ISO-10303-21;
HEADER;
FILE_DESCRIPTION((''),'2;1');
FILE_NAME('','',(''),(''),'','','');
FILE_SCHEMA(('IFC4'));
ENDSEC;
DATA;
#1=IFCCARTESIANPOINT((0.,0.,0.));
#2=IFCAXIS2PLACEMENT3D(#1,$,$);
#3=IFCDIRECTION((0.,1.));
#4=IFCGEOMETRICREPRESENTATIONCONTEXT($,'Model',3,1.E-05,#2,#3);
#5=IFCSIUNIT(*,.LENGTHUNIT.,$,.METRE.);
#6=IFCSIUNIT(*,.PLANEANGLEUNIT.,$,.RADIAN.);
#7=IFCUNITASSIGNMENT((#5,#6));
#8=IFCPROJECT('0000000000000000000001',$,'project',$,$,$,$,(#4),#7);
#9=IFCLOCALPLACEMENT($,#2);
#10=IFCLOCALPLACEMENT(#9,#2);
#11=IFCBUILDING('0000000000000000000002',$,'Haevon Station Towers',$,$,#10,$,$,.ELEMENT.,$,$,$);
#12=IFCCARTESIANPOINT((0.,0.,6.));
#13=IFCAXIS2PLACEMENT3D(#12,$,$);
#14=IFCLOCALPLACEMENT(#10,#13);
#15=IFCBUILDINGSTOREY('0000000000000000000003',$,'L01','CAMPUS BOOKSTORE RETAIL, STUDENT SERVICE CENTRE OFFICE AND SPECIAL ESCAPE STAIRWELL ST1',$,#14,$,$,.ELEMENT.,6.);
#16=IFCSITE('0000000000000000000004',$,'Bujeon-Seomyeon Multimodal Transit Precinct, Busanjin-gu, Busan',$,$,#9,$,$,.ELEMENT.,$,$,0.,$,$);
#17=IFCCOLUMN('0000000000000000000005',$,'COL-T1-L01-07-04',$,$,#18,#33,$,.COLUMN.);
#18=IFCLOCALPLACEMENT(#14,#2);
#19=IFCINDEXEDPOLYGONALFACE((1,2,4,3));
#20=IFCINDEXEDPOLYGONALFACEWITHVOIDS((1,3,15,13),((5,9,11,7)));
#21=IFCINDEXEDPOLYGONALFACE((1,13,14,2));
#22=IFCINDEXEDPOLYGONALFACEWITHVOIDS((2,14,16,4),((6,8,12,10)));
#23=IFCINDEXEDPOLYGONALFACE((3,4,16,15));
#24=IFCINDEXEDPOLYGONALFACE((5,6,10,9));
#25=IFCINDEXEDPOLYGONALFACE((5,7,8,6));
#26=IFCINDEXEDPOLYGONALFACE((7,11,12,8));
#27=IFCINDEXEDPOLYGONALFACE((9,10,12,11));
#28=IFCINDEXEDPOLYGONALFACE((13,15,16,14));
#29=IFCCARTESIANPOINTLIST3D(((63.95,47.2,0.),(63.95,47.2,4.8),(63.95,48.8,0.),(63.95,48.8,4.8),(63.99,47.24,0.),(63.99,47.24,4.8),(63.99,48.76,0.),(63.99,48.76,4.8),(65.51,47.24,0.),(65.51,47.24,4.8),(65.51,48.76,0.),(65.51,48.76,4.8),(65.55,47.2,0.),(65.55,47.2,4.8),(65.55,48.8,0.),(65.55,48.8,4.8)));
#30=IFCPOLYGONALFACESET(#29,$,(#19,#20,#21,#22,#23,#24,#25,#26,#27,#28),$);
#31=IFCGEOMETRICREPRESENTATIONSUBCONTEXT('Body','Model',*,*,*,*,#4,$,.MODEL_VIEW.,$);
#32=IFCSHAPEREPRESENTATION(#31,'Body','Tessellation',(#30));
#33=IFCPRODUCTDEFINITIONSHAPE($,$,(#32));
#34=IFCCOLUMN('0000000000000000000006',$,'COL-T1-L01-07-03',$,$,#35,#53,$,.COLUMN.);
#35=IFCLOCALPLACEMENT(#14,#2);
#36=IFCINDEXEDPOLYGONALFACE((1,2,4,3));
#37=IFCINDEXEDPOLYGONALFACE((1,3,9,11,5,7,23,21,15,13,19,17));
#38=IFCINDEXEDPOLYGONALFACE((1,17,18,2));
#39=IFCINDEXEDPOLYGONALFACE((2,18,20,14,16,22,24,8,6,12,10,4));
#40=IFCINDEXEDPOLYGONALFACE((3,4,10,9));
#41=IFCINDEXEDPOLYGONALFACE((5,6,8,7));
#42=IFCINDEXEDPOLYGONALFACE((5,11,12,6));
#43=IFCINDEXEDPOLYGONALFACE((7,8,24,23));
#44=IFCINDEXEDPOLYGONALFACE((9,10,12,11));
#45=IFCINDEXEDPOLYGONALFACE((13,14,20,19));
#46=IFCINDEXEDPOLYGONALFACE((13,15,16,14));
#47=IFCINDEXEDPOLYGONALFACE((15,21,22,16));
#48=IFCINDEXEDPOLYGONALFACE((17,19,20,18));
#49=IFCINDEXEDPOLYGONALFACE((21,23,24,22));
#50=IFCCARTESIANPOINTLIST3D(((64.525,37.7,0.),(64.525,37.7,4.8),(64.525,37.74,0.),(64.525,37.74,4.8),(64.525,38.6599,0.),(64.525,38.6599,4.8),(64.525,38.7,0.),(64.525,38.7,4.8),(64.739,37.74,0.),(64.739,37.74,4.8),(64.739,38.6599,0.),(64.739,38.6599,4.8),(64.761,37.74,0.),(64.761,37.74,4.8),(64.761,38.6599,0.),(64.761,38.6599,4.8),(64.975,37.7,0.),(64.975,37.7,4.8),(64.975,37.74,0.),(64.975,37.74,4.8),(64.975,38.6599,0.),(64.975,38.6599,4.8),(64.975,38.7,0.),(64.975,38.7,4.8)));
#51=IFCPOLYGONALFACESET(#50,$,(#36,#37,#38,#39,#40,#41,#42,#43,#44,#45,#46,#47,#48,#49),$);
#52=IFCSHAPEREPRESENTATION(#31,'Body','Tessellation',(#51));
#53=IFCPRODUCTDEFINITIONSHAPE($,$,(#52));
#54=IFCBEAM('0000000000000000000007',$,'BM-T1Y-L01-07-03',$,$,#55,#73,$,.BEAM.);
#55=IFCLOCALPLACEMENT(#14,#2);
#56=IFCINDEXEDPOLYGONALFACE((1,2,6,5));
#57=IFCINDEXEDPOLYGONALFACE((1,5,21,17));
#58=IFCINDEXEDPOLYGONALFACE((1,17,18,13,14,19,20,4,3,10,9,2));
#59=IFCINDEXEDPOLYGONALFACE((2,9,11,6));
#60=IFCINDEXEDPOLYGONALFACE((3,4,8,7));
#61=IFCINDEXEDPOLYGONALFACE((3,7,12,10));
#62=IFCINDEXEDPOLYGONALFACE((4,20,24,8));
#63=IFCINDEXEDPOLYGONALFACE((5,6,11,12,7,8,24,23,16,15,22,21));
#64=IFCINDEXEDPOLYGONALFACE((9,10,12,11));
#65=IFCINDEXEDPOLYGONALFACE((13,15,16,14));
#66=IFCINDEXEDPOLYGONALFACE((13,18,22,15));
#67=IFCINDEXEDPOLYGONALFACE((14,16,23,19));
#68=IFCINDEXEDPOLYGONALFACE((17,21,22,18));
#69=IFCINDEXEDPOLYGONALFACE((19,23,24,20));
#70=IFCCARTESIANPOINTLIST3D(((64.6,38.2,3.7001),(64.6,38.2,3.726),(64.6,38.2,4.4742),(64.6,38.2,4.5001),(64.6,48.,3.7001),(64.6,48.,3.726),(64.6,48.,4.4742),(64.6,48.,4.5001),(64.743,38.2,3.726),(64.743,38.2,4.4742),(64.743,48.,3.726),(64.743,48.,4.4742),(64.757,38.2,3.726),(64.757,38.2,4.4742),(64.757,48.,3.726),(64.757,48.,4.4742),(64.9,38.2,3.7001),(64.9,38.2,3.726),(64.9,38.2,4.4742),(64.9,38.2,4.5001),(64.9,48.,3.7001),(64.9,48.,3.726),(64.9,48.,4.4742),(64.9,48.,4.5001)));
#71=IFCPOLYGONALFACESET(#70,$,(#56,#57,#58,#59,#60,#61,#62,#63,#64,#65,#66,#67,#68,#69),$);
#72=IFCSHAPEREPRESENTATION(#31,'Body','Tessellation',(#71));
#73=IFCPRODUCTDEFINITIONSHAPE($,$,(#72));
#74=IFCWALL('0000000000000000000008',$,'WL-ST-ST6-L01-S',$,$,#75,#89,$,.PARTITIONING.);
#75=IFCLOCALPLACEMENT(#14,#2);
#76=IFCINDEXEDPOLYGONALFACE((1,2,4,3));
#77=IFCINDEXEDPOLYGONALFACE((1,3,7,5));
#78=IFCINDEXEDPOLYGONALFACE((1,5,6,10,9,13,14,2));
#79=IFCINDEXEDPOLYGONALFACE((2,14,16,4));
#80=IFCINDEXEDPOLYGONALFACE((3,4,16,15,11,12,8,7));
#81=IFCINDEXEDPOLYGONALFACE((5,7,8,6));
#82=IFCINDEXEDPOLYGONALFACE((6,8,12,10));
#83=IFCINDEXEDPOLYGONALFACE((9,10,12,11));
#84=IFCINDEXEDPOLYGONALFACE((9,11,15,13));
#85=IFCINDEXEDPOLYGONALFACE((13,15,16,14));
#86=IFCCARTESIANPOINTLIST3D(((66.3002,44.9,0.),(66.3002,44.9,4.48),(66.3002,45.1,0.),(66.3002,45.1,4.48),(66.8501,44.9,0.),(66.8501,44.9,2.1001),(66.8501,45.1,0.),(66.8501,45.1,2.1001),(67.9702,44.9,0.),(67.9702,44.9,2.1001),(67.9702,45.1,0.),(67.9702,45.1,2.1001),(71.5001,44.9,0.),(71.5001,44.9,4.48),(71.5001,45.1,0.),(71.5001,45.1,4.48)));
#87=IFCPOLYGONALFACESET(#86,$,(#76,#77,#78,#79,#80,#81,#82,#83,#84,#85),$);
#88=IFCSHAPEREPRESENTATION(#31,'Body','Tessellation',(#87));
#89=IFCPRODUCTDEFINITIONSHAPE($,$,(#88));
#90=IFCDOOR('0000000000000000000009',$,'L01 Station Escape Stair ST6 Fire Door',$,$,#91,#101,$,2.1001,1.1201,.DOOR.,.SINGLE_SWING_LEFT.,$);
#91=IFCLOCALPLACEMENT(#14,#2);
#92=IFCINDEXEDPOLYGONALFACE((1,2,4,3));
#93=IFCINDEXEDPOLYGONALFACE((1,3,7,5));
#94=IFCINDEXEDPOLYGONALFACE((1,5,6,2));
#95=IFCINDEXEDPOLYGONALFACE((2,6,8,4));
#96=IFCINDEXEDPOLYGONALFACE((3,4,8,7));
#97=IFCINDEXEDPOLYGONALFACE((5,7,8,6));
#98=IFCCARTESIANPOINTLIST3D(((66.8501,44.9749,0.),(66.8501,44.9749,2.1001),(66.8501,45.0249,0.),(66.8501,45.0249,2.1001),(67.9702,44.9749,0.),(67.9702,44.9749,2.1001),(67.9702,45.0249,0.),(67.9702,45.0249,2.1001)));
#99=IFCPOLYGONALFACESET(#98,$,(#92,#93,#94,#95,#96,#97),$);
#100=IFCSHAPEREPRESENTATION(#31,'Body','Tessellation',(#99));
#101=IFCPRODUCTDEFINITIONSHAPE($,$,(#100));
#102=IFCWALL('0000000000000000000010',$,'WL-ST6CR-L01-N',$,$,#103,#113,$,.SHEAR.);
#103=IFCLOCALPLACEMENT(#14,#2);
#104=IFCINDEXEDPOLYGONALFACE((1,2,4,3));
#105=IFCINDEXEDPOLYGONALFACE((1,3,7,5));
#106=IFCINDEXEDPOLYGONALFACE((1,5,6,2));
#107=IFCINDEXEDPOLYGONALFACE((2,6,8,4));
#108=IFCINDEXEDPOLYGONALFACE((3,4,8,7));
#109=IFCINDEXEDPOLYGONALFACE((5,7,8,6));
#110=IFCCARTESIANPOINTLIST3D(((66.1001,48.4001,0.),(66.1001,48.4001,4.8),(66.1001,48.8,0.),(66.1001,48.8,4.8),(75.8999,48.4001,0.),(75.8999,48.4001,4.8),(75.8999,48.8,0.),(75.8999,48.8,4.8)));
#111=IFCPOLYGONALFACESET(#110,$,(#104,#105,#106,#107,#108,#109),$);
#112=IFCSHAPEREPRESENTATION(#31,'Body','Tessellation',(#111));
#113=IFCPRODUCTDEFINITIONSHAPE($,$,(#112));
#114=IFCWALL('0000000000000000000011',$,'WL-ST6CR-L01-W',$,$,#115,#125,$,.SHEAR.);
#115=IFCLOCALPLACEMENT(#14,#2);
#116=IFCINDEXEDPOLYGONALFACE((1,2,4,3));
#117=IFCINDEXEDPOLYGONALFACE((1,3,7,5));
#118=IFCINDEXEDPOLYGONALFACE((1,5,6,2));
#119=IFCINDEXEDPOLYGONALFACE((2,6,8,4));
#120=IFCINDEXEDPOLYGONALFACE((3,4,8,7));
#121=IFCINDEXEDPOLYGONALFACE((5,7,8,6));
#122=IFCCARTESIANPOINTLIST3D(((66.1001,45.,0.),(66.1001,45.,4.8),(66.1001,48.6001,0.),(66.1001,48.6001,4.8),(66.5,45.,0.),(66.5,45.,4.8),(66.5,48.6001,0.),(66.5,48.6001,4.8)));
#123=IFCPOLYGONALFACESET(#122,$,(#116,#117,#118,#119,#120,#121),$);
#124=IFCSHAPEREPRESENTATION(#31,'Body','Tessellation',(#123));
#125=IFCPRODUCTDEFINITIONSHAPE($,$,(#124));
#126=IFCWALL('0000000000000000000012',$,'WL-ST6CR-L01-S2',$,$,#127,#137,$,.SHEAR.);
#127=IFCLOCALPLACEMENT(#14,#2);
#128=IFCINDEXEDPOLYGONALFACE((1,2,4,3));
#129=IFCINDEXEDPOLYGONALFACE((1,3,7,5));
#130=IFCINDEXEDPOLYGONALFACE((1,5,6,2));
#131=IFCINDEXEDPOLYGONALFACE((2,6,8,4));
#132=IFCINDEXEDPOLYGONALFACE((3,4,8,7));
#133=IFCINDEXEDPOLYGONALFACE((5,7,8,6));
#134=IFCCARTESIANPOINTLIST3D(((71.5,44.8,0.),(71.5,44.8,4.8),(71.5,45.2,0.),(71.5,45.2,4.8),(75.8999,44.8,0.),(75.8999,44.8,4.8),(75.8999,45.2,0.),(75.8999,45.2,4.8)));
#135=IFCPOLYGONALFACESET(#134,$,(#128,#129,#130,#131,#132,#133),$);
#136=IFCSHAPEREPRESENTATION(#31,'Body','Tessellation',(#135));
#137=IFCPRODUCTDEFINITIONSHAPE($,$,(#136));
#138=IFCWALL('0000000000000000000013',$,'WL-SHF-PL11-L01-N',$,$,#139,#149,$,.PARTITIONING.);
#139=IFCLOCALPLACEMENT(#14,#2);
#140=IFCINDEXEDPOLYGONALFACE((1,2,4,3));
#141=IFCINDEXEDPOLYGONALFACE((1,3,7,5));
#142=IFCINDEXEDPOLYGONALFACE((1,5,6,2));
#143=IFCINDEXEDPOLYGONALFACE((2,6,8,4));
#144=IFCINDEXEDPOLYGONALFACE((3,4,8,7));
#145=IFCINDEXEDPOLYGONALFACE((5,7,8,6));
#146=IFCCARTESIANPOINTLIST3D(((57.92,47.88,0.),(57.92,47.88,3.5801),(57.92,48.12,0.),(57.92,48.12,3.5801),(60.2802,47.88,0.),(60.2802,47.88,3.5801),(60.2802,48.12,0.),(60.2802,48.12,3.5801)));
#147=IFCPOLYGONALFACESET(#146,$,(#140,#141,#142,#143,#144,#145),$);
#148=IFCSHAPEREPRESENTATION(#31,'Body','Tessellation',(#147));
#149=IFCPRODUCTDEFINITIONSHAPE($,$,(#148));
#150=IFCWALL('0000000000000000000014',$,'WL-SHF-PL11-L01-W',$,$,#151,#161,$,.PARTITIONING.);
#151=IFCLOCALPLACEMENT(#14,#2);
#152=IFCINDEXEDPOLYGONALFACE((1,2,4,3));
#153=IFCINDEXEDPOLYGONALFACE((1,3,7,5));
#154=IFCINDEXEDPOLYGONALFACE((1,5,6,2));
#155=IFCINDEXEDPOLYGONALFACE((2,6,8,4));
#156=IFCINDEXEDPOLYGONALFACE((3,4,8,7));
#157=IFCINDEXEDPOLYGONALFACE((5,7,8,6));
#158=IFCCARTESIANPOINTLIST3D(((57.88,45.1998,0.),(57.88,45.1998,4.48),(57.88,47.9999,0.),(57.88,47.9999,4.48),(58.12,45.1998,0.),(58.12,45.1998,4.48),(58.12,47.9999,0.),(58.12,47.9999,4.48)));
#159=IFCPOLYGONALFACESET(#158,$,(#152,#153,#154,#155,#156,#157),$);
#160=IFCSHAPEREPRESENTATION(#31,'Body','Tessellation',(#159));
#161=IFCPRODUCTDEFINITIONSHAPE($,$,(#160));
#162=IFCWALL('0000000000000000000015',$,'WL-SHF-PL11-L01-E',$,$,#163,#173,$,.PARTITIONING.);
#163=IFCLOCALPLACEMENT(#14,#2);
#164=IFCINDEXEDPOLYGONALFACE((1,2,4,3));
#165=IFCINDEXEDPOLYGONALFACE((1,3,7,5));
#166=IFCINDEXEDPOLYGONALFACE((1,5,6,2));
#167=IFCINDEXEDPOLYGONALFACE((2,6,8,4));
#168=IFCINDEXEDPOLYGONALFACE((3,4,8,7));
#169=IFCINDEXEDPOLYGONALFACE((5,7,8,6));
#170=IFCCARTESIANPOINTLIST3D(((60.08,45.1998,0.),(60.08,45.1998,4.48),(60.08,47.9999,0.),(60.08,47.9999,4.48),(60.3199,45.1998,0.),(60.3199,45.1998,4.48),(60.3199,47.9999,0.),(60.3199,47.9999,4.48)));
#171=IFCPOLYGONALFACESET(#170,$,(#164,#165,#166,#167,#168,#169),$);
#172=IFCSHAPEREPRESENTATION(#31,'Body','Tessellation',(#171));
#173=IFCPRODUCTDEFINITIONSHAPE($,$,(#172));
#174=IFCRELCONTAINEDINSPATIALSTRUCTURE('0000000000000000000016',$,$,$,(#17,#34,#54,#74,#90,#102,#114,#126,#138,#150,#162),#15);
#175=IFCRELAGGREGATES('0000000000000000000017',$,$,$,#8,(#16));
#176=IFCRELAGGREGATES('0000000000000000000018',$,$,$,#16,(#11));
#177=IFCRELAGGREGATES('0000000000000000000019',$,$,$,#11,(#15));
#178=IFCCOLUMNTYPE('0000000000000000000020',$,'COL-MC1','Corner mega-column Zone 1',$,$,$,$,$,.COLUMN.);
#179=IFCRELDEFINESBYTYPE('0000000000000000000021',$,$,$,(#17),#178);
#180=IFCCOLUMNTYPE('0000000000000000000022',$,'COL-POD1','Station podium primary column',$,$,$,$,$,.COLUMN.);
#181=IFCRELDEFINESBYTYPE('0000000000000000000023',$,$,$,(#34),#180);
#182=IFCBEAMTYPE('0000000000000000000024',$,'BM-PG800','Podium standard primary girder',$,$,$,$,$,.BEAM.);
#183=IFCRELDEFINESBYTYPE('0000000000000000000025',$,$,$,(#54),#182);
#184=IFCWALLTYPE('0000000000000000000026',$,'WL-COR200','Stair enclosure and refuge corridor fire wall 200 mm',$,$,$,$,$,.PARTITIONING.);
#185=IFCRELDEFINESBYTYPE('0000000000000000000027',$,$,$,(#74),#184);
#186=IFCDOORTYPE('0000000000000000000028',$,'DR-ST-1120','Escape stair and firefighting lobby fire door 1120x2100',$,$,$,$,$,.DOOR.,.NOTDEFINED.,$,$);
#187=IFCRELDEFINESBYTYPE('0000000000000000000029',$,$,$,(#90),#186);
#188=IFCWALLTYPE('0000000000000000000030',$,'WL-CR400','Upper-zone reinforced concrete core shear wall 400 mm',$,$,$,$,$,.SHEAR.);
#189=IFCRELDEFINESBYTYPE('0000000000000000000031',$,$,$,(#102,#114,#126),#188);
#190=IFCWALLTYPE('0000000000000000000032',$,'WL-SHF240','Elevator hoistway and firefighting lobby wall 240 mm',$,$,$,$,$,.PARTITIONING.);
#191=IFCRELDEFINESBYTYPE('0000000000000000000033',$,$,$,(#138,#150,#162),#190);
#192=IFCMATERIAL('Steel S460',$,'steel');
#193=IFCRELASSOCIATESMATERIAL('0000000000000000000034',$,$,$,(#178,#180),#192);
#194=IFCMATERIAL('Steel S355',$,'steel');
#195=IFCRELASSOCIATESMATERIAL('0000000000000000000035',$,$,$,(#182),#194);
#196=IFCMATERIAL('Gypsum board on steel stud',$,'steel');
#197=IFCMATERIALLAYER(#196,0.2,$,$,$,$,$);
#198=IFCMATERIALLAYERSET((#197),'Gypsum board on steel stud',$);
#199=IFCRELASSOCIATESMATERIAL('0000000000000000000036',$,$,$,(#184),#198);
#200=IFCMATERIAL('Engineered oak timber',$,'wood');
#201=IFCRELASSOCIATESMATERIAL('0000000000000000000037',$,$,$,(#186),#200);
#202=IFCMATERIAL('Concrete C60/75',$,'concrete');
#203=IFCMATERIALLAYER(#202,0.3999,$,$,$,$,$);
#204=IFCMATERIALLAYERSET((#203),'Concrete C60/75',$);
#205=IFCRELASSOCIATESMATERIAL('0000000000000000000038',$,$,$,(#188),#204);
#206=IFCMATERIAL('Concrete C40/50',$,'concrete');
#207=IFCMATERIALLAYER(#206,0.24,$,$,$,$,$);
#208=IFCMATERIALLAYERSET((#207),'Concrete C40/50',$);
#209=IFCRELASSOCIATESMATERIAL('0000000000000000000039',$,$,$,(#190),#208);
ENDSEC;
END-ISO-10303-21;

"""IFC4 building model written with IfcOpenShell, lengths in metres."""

from ifc_helpers import new_model, si_unit, direction, frame, frame_2d, origin, origin_2d, place, context, subcontext, project, spatial, rectangle, hollow_rectangle, i_section, extrude, material, layer, layer_set, material_profile, profile_set, type_object, element, fill, save


model = new_model("IFC4")

# Units and contexts
model_context = context("Model", 3, precision=1e-05, world=origin(), true_north=direction((0.0, 1.0)))
body_context = subcontext(model_context, "Body", "Model", "MODEL_VIEW")
ifc_project = project(units=[si_unit("LENGTHUNIT", "METRE"), si_unit("PLANEANGLEUNIT", "RADIAN")], contexts=[model_context])

# Site, building, storey
site_placement = place(None, origin())
site = spatial("IfcSite", under=ifc_project, at=site_placement, Name="Bujeon-Seomyeon Multimodal Transit Precinct, Busanjin-gu, Busan", CompositionType="ELEMENT", RefElevation=0.0)
building_placement = place(site_placement, origin())
building = spatial("IfcBuilding", under=site, at=building_placement, Name="Haevon Station Towers", CompositionType="ELEMENT")
storey_placement = place(building_placement, frame((0.0, 0.0, 6.0)))
storey = spatial("IfcBuildingStorey", under=building, at=storey_placement, Name="L01", Description="CAMPUS BOOKSTORE RETAIL, STUDENT SERVICE CENTRE OFFICE AND SPECIAL ESCAPE STAIRWELL ST1", CompositionType="ELEMENT", Elevation=6.0)

# Columns
ifc_material_1 = material(Name="Steel S460", Category="steel")
ifc_material_profile_1 = material_profile(ifc_material_1, hollow_rectangle(XDim=1.6001, YDim=1.6001, WallThickness=0.04, at=origin_2d()), Name="BOX-1600x1600x40")
ifc_profile_set_1 = profile_set([ifc_material_profile_1], Name="Steel S460")
column_type_1 = type_object("IfcColumnType", Name="COL-MC1", Description="Corner mega-column Zone 1", PredefinedType="COLUMN", material=ifc_profile_set_1)
column_1_placement = place(storey_placement, frame((64.75, 48.0, 0.0), z_axis=(0.0, 0.0, 1.0), x_axis=(1.0, 0.0, 0.0)))
element("IfcColumn", 1, at=column_1_placement, inside=storey, type_object=column_type_1, Name="COL-T1-L01-07-04", PredefinedType="COLUMN", context=body_context, shape_type="SweptSolid", body=[
    extrude(hollow_rectangle(XDim=1.6001, YDim=1.6001, WallThickness=0.04, at=origin_2d()), origin(), (0.0, 0.0, 1.0), 4.8),
])
ifc_material_profile_2 = material_profile(ifc_material_1, i_section(OverallWidth=0.45, OverallDepth=1.0, WebThickness=0.022, FlangeThickness=0.04, at=origin_2d()), Name="H-1000x450x22x40")
ifc_profile_set_2 = profile_set([ifc_material_profile_2], Name="Steel S460")
column_type_2 = type_object("IfcColumnType", Name="COL-POD1", Description="Station podium primary column", PredefinedType="COLUMN", material=ifc_profile_set_2)
column_2_placement = place(storey_placement, frame((64.75, 38.2, 0.0), z_axis=(0.0, 0.0, 1.0), x_axis=(1.0, 0.0, 0.0)))
element("IfcColumn", 2, at=column_2_placement, inside=storey, type_object=column_type_2, Name="COL-T1-L01-07-03", PredefinedType="COLUMN", context=body_context, shape_type="SweptSolid", body=[
    extrude(i_section(OverallWidth=0.45, OverallDepth=1.0, WebThickness=0.022, FlangeThickness=0.04, at=origin_2d()), origin(), (0.0, 0.0, 1.0), 4.8),
])

# Beam
ifc_material_2 = material(Name="Steel S355", Category="steel")
ifc_material_profile_3 = material_profile(ifc_material_2, i_section(OverallWidth=0.3, OverallDepth=0.8, WebThickness=0.0139, FlangeThickness=0.0259, at=origin_2d()), Name="H-800x300x14x26")
ifc_profile_set_3 = profile_set([ifc_material_profile_3], Name="Steel S355")
beam_type = type_object("IfcBeamType", Name="BM-PG800", Description="Podium standard primary girder", PredefinedType="BEAM", material=ifc_profile_set_3)
beam_placement = place(storey_placement, frame((64.75, 38.2, 4.1001), z_axis=(0.0, 1.0, 0.0), x_axis=(-1.0, 0.0, 0.0)))
element("IfcBeam", 3, at=beam_placement, inside=storey, type_object=beam_type, Name="BM-T1Y-L01-07-03", PredefinedType="BEAM", context=body_context, shape_type="SweptSolid", body=[
    extrude(i_section(OverallWidth=0.3, OverallDepth=0.8, WebThickness=0.0139, FlangeThickness=0.0259, at=origin_2d()), origin(), (0.0, 0.0, 1.0), 9.8),
])

# Wall, opening, door
ifc_material_3 = material(Name="Gypsum board on steel stud", Category="steel")
ifc_layer_1 = layer(ifc_material_3, 0.2)
ifc_layer_set_1 = layer_set([ifc_layer_1], Name="Gypsum board on steel stud")
wall_type_1 = type_object("IfcWallType", Name="WL-COR200", Description="Stair enclosure and refuge corridor fire wall 200 mm", PredefinedType="PARTITIONING", material=ifc_layer_set_1)
wall_1_placement = place(storey_placement, frame((66.3, 45.0, 0.0), z_axis=(0.0, 0.0, 1.0), x_axis=(1.0, 0.0, 0.0)))
wall_1 = element("IfcWall", 4, at=wall_1_placement, inside=storey, type_object=wall_type_1, Name="WL-ST-ST6-L01-S", PredefinedType="PARTITIONING", context=body_context, shape_type="SweptSolid", body=[
    extrude(rectangle(XDim=5.2, YDim=0.2, at=frame_2d((2.6001, 0.0))), origin(), (0.0, 0.0, 1.0), 4.48),
])
opening_1_placement = place(wall_1_placement, frame((0.55, 0.0, 0.0)))
opening_1 = element("IfcOpeningElement", 5, at=opening_1_placement, cuts=wall_1, PredefinedType="OPENING", context=body_context, shape_type="SweptSolid", body=[
    extrude(rectangle(XDim=1.1201, YDim=2.1001, at=frame_2d((0.5601, 1.05))), frame((0.0, 0.1099, 0.0), z_axis=(0.0, -1.0, 0.0), x_axis=(1.0, 0.0, 0.0)), (0.0, 0.0, 1.0), 0.22),
])
ifc_material_4 = material(Name="Engineered oak timber", Category="wood")
door_type_1 = type_object("IfcDoorType", Name="DR-ST-1120", Description="Escape stair and firefighting lobby fire door 1120x2100", OperationType="NOTDEFINED", PredefinedType="DOOR", material=ifc_material_4)
door_1_placement = place(opening_1_placement, origin())
door_1 = element("IfcDoor", 6, at=door_1_placement, inside=storey, type_object=door_type_1, Name="L01 Station Escape Stair ST6 Fire Door", OperationType="SINGLE_SWING_LEFT", OverallHeight=2.1001, OverallWidth=1.1201, PredefinedType="DOOR", context=body_context, shape_type="SweptSolid", body=[
    extrude(rectangle(XDim=1.1201, YDim=2.1001, at=frame_2d((0.5601, 1.05))), frame((0.0, 0.0249, 0.0), z_axis=(0.0, -1.0, 0.0), x_axis=(1.0, 0.0, 0.0)), (0.0, 0.0, 1.0), 0.05),
])
fill(opening_1, door_1)

# Walls
ifc_material_5 = material(Name="Concrete C60/75", Category="concrete")
ifc_layer_2 = layer(ifc_material_5, 0.3999)
ifc_layer_set_2 = layer_set([ifc_layer_2], Name="Concrete C60/75")
wall_type_2 = type_object("IfcWallType", Name="WL-CR400", Description="Upper-zone reinforced concrete core shear wall 400 mm", PredefinedType="SHEAR", material=ifc_layer_set_2)
wall_2_placement = place(storey_placement, frame((66.1001, 48.6001, 0.0), z_axis=(0.0, 0.0, 1.0), x_axis=(1.0, 0.0, 0.0)))
element("IfcWall", 7, at=wall_2_placement, inside=storey, type_object=wall_type_2, Name="WL-ST6CR-L01-N", PredefinedType="SHEAR", context=body_context, shape_type="SweptSolid", body=[
    extrude(rectangle(XDim=9.7998, YDim=0.3999, at=frame_2d((4.8999, 0.0))), origin(), (0.0, 0.0, 1.0), 4.8),
])
wall_3_placement = place(storey_placement, frame((66.3, 45.0, 0.0), z_axis=(0.0, 0.0, 1.0), x_axis=(0.0, 1.0, 0.0)))
element("IfcWall", 8, at=wall_3_placement, inside=storey, type_object=wall_type_2, Name="WL-ST6CR-L01-W", PredefinedType="SHEAR", context=body_context, shape_type="SweptSolid", body=[
    extrude(rectangle(XDim=3.6001, YDim=0.3999, at=frame_2d((1.8, 0.0))), origin(), (0.0, 0.0, 1.0), 4.8),
])
wall_4_placement = place(storey_placement, frame((71.5, 45.0, 0.0), z_axis=(0.0, 0.0, 1.0), x_axis=(1.0, 0.0, 0.0)))
element("IfcWall", 9, at=wall_4_placement, inside=storey, type_object=wall_type_2, Name="WL-ST6CR-L01-S2", PredefinedType="SHEAR", context=body_context, shape_type="SweptSolid", body=[
    extrude(rectangle(XDim=4.3999, YDim=0.3999, at=frame_2d((2.2, 0.0))), origin(), (0.0, 0.0, 1.0), 4.8),
])

# Shared definitions
ifc_material_6 = material(Name="Concrete C40/50", Category="concrete")
ifc_layer_3 = layer(ifc_material_6, 0.24)
ifc_layer_set_3 = layer_set([ifc_layer_3], Name="Concrete C40/50")
wall_type_3 = type_object("IfcWallType", Name="WL-SHF240", Description="Elevator hoistway and firefighting lobby wall 240 mm", PredefinedType="PARTITIONING", material=ifc_layer_set_3)

# Walls
wall_5_placement = place(storey_placement, frame((57.9199, 48.0, 0.0), z_axis=(0.0, 0.0, 1.0), x_axis=(1.0, 0.0, 0.0)))
element("IfcWall", 10, at=wall_5_placement, inside=storey, type_object=wall_type_3, Name="WL-SHF-PL11-L01-N", PredefinedType="PARTITIONING", context=body_context, shape_type="SweptSolid", body=[
    extrude(rectangle(XDim=2.3601, YDim=0.24, at=frame_2d((1.1802, 0.0))), origin(), (0.0, 0.0, 1.0), 3.5801),
])
for number, where, z_axis, x_axis, name in (
    (11, (58.0, 45.2, 0.0), (0.0, 0.0, 1.0), (0.0, 1.0, 0.0), "WL-SHF-PL11-L01-W"),
    (12, (60.2, 45.2, 0.0), (0.0, 0.0, 1.0), (0.0, 1.0, 0.0), "WL-SHF-PL11-L01-E"),
):
    element("IfcWall", number, at=place(storey_placement, frame(where, z_axis=z_axis, x_axis=x_axis)), inside=storey, type_object=wall_type_3, Name=name, PredefinedType="PARTITIONING", context=body_context, shape_type="SweptSolid", body=[
        extrude(rectangle(XDim=2.8, YDim=0.24, at=frame_2d((1.3999, 0.0))), origin(), (0.0, 0.0, 1.0), 4.48),
    ])

save(model, "model.ifc")
